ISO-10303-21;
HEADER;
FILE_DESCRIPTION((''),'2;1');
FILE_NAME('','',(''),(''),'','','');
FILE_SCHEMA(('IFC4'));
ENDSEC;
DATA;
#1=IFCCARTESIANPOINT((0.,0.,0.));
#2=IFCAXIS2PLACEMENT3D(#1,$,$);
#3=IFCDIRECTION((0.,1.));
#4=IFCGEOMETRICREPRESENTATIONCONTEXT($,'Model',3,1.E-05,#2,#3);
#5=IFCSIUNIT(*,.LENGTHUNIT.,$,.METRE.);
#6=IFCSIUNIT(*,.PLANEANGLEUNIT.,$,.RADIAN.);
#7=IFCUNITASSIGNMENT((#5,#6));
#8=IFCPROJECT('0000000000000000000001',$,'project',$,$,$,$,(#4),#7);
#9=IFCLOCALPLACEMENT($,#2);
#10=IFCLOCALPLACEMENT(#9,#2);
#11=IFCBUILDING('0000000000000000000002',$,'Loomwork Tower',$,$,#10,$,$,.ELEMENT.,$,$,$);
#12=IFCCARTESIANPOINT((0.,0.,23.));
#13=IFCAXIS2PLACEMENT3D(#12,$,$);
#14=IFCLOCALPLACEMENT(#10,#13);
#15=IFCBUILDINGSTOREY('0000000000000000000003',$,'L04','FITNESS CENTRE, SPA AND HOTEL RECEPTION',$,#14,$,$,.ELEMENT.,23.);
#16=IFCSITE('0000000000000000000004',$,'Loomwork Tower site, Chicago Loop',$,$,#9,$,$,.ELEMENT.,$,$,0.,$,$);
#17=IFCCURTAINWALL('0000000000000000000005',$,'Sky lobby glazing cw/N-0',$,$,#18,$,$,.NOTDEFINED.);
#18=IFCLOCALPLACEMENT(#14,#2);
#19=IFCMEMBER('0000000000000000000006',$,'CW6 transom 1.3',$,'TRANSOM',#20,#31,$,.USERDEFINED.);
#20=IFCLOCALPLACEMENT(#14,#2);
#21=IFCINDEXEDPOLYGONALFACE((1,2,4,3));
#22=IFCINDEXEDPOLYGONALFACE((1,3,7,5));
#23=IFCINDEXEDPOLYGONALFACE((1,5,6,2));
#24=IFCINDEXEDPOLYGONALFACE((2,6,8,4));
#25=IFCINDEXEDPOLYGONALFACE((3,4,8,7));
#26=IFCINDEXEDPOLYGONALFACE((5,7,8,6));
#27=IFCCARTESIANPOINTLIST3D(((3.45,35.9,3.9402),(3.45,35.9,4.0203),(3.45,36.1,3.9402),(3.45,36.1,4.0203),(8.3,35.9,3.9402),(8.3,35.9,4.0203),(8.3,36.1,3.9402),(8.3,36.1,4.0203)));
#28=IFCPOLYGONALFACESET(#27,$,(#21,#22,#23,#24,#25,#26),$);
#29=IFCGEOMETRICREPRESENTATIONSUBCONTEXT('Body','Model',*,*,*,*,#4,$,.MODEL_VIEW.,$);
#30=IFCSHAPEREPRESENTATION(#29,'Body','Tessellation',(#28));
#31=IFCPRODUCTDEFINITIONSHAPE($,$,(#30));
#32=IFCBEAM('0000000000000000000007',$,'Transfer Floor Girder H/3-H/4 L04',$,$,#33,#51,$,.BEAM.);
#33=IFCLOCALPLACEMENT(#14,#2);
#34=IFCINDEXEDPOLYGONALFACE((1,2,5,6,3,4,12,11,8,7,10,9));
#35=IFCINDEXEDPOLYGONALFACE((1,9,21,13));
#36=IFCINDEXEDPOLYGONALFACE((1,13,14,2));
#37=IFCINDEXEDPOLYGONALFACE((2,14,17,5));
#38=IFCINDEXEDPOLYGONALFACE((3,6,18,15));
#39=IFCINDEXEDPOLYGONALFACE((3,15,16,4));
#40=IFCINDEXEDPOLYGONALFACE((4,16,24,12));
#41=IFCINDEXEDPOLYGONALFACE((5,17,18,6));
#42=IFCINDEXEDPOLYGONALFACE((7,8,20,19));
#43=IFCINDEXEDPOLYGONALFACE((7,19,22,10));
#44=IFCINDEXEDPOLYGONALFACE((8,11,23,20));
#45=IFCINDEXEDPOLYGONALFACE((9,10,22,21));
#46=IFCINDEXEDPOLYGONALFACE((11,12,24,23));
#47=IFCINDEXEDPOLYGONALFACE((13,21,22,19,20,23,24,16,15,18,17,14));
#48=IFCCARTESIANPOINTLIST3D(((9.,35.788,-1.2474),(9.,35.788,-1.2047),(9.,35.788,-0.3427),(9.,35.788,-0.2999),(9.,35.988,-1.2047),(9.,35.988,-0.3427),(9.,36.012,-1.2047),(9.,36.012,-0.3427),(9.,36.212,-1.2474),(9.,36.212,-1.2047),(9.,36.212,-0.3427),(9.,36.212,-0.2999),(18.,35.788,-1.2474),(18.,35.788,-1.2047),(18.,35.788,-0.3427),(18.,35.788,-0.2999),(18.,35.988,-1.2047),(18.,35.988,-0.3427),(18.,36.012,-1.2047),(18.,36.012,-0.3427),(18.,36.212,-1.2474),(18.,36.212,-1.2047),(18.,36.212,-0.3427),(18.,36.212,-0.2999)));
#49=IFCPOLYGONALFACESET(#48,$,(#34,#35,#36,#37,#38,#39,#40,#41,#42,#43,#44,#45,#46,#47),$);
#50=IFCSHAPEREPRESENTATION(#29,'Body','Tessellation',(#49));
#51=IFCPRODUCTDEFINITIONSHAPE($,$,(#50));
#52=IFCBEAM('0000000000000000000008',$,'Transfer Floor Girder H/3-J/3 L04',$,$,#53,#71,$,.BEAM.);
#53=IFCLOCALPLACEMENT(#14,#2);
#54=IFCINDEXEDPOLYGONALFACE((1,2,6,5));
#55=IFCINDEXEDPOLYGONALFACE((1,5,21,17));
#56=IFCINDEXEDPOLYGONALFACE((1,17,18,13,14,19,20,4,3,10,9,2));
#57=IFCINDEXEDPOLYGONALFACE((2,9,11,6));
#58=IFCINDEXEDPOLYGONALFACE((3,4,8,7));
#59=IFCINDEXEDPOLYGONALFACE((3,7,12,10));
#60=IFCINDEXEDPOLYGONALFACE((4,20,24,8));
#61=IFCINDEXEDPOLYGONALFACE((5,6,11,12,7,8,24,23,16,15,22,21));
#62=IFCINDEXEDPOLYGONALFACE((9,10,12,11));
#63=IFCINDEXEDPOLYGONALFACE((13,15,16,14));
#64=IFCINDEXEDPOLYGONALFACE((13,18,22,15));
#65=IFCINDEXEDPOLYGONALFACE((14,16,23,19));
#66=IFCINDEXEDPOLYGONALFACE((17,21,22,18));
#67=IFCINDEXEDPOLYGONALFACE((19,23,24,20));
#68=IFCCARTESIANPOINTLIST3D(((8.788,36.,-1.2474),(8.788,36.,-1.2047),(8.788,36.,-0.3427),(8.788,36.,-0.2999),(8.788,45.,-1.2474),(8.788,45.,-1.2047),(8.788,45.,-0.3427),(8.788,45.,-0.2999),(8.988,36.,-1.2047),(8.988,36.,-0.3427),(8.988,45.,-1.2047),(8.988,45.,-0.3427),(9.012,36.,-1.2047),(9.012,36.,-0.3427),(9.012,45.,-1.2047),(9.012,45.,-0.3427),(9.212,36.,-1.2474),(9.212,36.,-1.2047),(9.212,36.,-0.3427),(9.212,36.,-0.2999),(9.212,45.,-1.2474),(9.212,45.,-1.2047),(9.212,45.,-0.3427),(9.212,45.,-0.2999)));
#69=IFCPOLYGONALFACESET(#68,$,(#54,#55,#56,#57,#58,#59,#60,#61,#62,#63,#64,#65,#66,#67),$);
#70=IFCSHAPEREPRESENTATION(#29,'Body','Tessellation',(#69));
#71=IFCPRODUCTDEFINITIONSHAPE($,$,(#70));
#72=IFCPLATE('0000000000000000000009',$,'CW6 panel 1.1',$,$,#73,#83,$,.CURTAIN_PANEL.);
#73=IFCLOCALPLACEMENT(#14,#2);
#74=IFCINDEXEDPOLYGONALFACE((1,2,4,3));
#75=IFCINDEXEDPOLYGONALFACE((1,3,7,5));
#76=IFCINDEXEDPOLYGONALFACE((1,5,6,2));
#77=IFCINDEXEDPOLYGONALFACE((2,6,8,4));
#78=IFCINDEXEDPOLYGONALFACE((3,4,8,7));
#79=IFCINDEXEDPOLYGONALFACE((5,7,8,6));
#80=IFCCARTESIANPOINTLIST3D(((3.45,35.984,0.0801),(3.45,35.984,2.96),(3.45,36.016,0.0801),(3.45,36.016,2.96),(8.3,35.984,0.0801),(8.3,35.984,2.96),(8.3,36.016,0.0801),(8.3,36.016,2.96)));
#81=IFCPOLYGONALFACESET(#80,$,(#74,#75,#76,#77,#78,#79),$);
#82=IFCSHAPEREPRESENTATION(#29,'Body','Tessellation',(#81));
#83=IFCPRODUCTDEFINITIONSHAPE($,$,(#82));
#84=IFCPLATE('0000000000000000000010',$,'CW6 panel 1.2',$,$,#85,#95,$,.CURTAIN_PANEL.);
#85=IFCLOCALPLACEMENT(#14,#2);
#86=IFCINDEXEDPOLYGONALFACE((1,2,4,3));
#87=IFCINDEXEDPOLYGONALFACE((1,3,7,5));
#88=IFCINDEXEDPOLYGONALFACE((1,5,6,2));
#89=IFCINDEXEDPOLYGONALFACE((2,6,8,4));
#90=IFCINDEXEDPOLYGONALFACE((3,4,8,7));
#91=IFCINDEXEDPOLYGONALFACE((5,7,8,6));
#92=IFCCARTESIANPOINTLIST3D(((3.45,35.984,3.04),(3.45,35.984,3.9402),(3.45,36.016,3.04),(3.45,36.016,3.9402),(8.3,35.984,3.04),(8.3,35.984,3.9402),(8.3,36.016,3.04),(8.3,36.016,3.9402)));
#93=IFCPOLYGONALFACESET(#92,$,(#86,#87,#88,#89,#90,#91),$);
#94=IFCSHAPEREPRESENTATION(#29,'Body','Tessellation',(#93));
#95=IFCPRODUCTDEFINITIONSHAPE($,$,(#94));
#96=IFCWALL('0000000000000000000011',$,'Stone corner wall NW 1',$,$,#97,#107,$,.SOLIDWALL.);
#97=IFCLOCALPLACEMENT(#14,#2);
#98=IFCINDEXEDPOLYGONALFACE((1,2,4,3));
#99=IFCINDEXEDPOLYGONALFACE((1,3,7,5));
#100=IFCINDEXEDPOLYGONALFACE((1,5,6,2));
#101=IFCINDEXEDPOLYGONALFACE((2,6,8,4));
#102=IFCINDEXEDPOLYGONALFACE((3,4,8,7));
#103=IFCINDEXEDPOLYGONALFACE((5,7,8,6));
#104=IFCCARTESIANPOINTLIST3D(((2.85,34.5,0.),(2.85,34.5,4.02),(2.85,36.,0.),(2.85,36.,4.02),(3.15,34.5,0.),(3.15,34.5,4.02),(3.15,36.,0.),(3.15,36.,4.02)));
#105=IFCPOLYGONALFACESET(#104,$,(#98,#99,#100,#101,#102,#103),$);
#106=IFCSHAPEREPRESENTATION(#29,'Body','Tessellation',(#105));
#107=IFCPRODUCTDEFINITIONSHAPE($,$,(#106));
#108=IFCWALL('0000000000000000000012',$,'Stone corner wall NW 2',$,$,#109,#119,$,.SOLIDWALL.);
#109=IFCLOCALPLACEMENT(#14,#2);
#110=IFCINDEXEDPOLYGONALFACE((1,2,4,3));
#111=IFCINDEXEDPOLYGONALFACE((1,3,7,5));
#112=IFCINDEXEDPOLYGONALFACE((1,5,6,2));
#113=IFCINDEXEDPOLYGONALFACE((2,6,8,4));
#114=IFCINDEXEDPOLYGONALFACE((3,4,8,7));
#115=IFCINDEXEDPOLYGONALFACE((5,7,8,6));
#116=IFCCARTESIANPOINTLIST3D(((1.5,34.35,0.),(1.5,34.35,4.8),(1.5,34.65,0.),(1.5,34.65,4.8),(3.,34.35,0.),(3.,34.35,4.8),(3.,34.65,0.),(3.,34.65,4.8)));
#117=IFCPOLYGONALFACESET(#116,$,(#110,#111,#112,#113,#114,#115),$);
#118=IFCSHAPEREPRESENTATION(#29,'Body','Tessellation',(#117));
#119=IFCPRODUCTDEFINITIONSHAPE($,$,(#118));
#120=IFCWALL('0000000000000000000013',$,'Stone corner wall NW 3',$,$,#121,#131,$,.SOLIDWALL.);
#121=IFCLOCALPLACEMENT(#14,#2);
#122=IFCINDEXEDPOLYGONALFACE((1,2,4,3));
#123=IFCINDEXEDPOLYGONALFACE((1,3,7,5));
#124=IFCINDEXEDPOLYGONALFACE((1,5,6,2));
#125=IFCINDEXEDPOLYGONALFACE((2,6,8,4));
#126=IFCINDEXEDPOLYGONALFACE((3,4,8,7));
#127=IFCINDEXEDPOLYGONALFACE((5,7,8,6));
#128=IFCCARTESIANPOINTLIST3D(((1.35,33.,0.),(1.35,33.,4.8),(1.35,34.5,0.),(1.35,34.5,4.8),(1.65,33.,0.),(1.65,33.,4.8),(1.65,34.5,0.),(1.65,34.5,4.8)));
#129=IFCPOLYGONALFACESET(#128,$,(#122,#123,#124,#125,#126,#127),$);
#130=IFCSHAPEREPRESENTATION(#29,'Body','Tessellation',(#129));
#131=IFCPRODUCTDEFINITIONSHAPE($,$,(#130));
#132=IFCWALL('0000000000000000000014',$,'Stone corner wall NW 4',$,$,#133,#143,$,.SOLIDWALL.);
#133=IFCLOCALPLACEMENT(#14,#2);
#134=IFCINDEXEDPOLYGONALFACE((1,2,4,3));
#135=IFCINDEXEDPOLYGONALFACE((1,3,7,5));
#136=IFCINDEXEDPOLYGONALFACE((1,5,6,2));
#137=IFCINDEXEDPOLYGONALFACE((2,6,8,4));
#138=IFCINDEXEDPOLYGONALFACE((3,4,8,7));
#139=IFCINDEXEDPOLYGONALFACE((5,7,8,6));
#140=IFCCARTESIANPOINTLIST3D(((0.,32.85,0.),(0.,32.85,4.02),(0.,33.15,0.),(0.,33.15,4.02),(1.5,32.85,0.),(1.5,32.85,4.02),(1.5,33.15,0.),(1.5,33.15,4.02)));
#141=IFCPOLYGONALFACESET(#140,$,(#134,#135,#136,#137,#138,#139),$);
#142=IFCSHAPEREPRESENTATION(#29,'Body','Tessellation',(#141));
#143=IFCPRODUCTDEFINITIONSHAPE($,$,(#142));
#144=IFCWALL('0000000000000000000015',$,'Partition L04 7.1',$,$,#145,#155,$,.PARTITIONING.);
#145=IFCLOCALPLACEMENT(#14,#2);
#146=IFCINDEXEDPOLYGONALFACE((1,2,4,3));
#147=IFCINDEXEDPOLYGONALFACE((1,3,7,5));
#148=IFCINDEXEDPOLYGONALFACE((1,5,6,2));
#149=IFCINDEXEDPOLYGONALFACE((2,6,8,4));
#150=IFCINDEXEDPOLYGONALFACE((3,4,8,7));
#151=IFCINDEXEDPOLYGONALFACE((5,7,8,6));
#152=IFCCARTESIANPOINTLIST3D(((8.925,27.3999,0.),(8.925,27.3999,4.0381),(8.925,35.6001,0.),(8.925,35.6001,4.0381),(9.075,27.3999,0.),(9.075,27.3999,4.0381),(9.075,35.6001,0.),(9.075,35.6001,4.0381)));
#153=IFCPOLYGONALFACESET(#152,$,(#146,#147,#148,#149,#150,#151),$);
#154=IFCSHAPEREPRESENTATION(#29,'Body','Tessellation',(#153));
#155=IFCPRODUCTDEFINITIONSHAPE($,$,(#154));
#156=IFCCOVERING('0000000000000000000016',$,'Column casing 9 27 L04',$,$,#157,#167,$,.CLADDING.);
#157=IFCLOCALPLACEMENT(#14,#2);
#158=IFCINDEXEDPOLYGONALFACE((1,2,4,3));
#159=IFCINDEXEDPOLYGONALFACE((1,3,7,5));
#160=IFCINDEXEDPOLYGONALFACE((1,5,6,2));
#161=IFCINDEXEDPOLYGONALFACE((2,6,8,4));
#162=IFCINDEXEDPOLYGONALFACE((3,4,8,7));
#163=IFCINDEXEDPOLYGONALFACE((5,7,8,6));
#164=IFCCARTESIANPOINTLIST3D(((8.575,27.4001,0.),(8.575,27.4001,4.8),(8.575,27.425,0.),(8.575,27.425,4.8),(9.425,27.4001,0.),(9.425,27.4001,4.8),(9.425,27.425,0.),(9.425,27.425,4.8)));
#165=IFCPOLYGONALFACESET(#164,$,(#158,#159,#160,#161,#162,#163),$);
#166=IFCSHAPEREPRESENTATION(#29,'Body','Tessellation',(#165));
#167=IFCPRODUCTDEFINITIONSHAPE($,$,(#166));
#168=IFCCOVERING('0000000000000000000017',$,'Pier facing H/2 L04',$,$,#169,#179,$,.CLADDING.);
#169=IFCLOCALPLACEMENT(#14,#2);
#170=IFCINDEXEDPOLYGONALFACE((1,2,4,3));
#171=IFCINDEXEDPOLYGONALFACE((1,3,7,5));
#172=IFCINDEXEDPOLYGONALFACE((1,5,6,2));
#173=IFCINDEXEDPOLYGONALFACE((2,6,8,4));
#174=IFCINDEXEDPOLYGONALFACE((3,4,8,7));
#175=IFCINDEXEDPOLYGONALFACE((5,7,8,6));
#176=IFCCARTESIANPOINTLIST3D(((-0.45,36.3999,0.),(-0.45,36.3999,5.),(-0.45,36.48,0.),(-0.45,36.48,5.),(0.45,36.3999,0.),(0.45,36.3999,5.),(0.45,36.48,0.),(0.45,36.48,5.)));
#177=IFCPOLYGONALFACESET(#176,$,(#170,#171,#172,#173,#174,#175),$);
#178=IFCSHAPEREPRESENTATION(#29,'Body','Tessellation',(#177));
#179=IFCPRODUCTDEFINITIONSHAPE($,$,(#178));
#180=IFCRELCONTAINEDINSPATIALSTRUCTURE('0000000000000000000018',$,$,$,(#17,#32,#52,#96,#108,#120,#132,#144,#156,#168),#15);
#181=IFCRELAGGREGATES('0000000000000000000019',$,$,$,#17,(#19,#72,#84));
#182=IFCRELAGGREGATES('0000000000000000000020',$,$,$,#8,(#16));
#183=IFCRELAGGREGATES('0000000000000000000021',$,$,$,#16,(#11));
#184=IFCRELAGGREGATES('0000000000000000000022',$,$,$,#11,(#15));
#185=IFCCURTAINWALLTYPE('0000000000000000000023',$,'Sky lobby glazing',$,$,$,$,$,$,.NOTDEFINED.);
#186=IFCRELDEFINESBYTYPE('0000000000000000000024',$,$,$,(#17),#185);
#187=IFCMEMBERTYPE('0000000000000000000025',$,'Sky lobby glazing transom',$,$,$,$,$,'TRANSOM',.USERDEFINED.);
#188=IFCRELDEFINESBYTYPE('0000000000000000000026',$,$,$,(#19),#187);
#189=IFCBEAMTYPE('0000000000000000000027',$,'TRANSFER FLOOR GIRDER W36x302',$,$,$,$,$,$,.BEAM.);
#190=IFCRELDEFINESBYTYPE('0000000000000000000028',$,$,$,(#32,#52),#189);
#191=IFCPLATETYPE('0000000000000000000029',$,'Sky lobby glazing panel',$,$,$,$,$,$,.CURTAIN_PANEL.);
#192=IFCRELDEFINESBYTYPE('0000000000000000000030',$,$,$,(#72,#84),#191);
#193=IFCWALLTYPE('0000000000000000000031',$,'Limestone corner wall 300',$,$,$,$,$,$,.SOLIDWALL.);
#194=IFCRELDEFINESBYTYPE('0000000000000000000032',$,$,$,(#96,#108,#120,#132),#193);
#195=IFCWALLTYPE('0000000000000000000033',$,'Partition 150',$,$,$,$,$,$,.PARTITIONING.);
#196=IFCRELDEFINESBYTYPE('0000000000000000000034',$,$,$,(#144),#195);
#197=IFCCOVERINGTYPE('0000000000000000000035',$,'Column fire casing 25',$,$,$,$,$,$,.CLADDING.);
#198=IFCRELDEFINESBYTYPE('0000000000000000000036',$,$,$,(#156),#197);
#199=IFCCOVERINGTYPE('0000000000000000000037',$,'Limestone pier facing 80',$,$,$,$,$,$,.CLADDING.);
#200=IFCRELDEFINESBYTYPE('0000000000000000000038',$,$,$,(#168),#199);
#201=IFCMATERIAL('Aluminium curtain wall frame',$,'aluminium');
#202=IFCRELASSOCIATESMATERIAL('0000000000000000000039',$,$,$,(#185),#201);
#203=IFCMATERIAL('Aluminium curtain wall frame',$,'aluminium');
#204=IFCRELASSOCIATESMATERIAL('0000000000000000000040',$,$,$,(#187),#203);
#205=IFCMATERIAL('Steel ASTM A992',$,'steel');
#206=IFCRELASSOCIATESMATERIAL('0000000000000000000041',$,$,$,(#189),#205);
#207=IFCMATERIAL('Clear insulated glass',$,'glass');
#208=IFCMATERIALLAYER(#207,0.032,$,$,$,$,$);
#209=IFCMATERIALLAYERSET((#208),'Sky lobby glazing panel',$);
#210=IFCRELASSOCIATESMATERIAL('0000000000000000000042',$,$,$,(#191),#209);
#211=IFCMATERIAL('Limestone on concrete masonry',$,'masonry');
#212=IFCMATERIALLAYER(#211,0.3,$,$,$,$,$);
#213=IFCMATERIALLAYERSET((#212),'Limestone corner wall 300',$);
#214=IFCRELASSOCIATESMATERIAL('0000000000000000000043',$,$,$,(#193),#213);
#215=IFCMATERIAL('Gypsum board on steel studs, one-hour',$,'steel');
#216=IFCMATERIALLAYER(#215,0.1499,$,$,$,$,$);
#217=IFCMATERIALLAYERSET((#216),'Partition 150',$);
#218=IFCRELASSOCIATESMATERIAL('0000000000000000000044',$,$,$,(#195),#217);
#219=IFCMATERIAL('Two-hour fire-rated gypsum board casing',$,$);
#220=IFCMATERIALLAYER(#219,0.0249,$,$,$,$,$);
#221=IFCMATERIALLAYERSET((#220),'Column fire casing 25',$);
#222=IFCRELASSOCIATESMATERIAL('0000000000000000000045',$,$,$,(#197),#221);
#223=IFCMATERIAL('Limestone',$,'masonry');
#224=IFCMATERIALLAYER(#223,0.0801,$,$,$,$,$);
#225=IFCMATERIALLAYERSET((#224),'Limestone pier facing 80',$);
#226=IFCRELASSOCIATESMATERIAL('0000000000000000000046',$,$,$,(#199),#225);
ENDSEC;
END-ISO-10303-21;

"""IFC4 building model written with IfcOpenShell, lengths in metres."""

from ifc_helpers import new_model, si_unit, direction, frame, frame_2d, origin, origin_2d, place, context, subcontext, project, spatial, rectangle, i_section, extrude, material, layer, layer_set, material_profile, profile_set, type_object, element, aggregate, save


model = new_model("IFC4")

# Units and contexts
model_context = context("Model", 3, precision=1e-05, world=origin(), true_north=direction((0.0, 1.0)))
body_context = subcontext(model_context, "Body", "Model", "MODEL_VIEW")
ifc_project = project(units=[si_unit("LENGTHUNIT", "METRE"), si_unit("PLANEANGLEUNIT", "RADIAN")], contexts=[model_context])

# Site, building, storey
site_placement = place(None, origin())
site = spatial("IfcSite", under=ifc_project, at=site_placement, Name="Loomwork Tower site, Chicago Loop", CompositionType="ELEMENT", RefElevation=0.0)
building_placement = place(site_placement, origin())
building = spatial("IfcBuilding", under=site, at=building_placement, Name="Loomwork Tower", CompositionType="ELEMENT")
storey_placement = place(building_placement, frame((0.0, 0.0, 23.0)))
storey = spatial("IfcBuildingStorey", under=building, at=storey_placement, Name="L04", Description="FITNESS CENTRE, SPA AND HOTEL RECEPTION", CompositionType="ELEMENT", Elevation=23.0)

# Curtain wall, member
ifc_material_1 = material(Name="Aluminium curtain wall frame", Category="aluminium")
curtain_wall_type = type_object("IfcCurtainWallType", Name="Sky lobby glazing", PredefinedType="NOTDEFINED", material=ifc_material_1)
curtain_wall_placement = place(storey_placement, origin())
curtain_wall = element("IfcCurtainWall", 1, at=curtain_wall_placement, inside=storey, type_object=curtain_wall_type, Name="Sky lobby glazing cw/N-0", PredefinedType="NOTDEFINED")
ifc_material_2 = material(Name="Aluminium curtain wall frame", Category="aluminium")
ifc_material_profile_1 = material_profile(ifc_material_2, rectangle(XDim=0.2, YDim=0.0801, at=origin_2d()), Name="AL 80x200")
ifc_profile_set_1 = profile_set([ifc_material_profile_1], Name="Aluminium curtain wall frame")
member_type_1 = type_object("IfcMemberType", Name="Sky lobby glazing transom", ElementType="TRANSOM", PredefinedType="USERDEFINED", material=ifc_profile_set_1)
member_1_placement = place(storey_placement, frame((8.3, 36.0, 3.9802), z_axis=(-1.0, 0.0, 0.0), x_axis=(0.0, -1.0, 0.0)))
member_1 = element("IfcMember", 2, at=member_1_placement, type_object=member_type_1, Name="CW6 transom 1.3", ObjectType="TRANSOM", PredefinedType="USERDEFINED", context=body_context, shape_type="SweptSolid", body=[
    extrude(rectangle(XDim=0.2, YDim=0.0801, at=origin_2d()), origin(), (0.0, 0.0, 1.0), 4.8501),
])

# Beams
ifc_material_3 = material(Name="Steel ASTM A992", Category="steel")
ifc_material_profile_2 = material_profile(ifc_material_3, i_section(OverallWidth=0.4241, OverallDepth=0.9475, WebThickness=0.0239, FlangeThickness=0.0427, at=origin_2d()), Name="W36x302")
ifc_profile_set_2 = profile_set([ifc_material_profile_2], Name="Steel ASTM A992")
beam_type_1 = type_object("IfcBeamType", Name="TRANSFER FLOOR GIRDER W36x302", PredefinedType="BEAM", material=ifc_profile_set_2)
for number, where, z_axis, x_axis, name in (
    (3, (9.0, 36.0, -0.7737), (1.0, 0.0, 0.0), (0.0, 1.0, 0.0), "Transfer Floor Girder H/3-H/4 L04"),
    (4, (9.0, 36.0, -0.7737), (0.0, 1.0, 0.0), (-1.0, 0.0, 0.0), "Transfer Floor Girder H/3-J/3 L04"),
):
    element("IfcBeam", number, at=place(storey_placement, frame(where, z_axis=z_axis, x_axis=x_axis)), inside=storey, type_object=beam_type_1, Name=name, PredefinedType="BEAM", context=body_context, shape_type="SweptSolid", body=[
        extrude(i_section(OverallWidth=0.4241, OverallDepth=0.9475, WebThickness=0.0239, FlangeThickness=0.0427, at=origin_2d()), origin(), (0.0, 0.0, 1.0), 9.0),
    ])

# Plates
ifc_material_4 = material(Name="Clear insulated glass", Category="glass")
ifc_layer_1 = layer(ifc_material_4, 0.032)
ifc_layer_set_1 = layer_set([ifc_layer_1], Name="Sky lobby glazing panel")
plate_type = type_object("IfcPlateType", Name="Sky lobby glazing panel", PredefinedType="CURTAIN_PANEL", material=ifc_layer_set_1)
plate_1_placement = place(storey_placement, frame((5.875, 36.0, 0.0801), z_axis=(0.0, 0.0, 1.0), x_axis=(-1.0, 0.0, 0.0)))
plate_1 = element("IfcPlate", 5, at=plate_1_placement, type_object=plate_type, Name="CW6 panel 1.1", PredefinedType="CURTAIN_PANEL", context=body_context, shape_type="SweptSolid", body=[
    extrude(rectangle(XDim=4.8501, YDim=0.032, at=origin_2d()), origin(), (0.0, 0.0, 1.0), 2.8799),
])
plate_2_placement = place(storey_placement, frame((5.875, 36.0, 3.04), z_axis=(0.0, 0.0, 1.0), x_axis=(-1.0, 0.0, 0.0)))
plate_2 = element("IfcPlate", 6, at=plate_2_placement, type_object=plate_type, Name="CW6 panel 1.2", PredefinedType="CURTAIN_PANEL", context=body_context, shape_type="SweptSolid", body=[
    extrude(rectangle(XDim=4.8501, YDim=0.032, at=origin_2d()), origin(), (0.0, 0.0, 1.0), 0.9001),
])
aggregate(curtain_wall, [member_1, plate_1, plate_2])

# Walls
ifc_material_5 = material(Name="Limestone on concrete masonry", Category="masonry")
ifc_layer_2 = layer(ifc_material_5, 0.3)
ifc_layer_set_2 = layer_set([ifc_layer_2], Name="Limestone corner wall 300")
wall_type_1 = type_object("IfcWallType", Name="Limestone corner wall 300", PredefinedType="SOLIDWALL", material=ifc_layer_set_2)
wall_1_placement = place(storey_placement, frame((3.0, 36.0, 0.0), z_axis=(0.0, 0.0, 1.0), x_axis=(0.0, -1.0, 0.0)))
element("IfcWall", 7, at=wall_1_placement, inside=storey, type_object=wall_type_1, Name="Stone corner wall NW 1", PredefinedType="SOLIDWALL", context=body_context, shape_type="SweptSolid", body=[
    extrude(rectangle(XDim=1.5, YDim=0.3, at=frame_2d((0.75, 0.0))), origin(), (0.0, 0.0, 1.0), 4.02),
])
for number, where, z_axis, x_axis, name in (
    (8, (3.0, 34.5, 0.0), (0.0, 0.0, 1.0), (-1.0, 0.0, 0.0), "Stone corner wall NW 2"),
    (9, (1.5, 34.5, 0.0), (0.0, 0.0, 1.0), (0.0, -1.0, 0.0), "Stone corner wall NW 3"),
):
    element("IfcWall", number, at=place(storey_placement, frame(where, z_axis=z_axis, x_axis=x_axis)), inside=storey, type_object=wall_type_1, Name=name, PredefinedType="SOLIDWALL", context=body_context, shape_type="SweptSolid", body=[
        extrude(rectangle(XDim=1.5, YDim=0.3, at=frame_2d((0.75, 0.0))), origin(), (0.0, 0.0, 1.0), 4.8),
    ])
wall_2_placement = place(storey_placement, frame((1.5, 33.0, 0.0), z_axis=(0.0, 0.0, 1.0), x_axis=(-1.0, 0.0, 0.0)))
element("IfcWall", 10, at=wall_2_placement, inside=storey, type_object=wall_type_1, Name="Stone corner wall NW 4", PredefinedType="SOLIDWALL", context=body_context, shape_type="SweptSolid", body=[
    extrude(rectangle(XDim=1.5, YDim=0.3, at=frame_2d((0.75, 0.0))), origin(), (0.0, 0.0, 1.0), 4.02),
])
ifc_material_6 = material(Name="Gypsum board on steel studs, one-hour", Category="steel")
ifc_layer_3 = layer(ifc_material_6, 0.1499)
ifc_layer_set_3 = layer_set([ifc_layer_3], Name="Partition 150")
wall_type_2 = type_object("IfcWallType", Name="Partition 150", PredefinedType="PARTITIONING", material=ifc_layer_set_3)
wall_3_placement = place(storey_placement, frame((9.0, 35.6001, 0.0), z_axis=(0.0, 0.0, 1.0), x_axis=(0.0, -1.0, 0.0)))
element("IfcWall", 11, at=wall_3_placement, inside=storey, type_object=wall_type_2, Name="Partition L04 7.1", PredefinedType="PARTITIONING", context=body_context, shape_type="SweptSolid", body=[
    extrude(rectangle(XDim=8.2002, YDim=0.1499, at=frame_2d((4.1001, 0.0))), origin(), (0.0, 0.0, 1.0), 4.0381),
])

# Coverings
ifc_material_7 = material(Name="Two-hour fire-rated gypsum board casing")
ifc_layer_4 = layer(ifc_material_7, 0.0249)
ifc_layer_set_4 = layer_set([ifc_layer_4], Name="Column fire casing 25")
covering_type_1 = type_object("IfcCoveringType", Name="Column fire casing 25", PredefinedType="CLADDING", material=ifc_layer_set_4)
covering_1_placement = place(storey_placement, frame((9.0, 27.4126, 0.0), z_axis=(0.0, 0.0, 1.0), x_axis=(1.0, 0.0, 0.0)))
element("IfcCovering", 12, at=covering_1_placement, inside=storey, type_object=covering_type_1, Name="Column casing 9 27 L04", PredefinedType="CLADDING", context=body_context, shape_type="SweptSolid", body=[
    extrude(rectangle(XDim=0.8501, YDim=0.0249, at=origin_2d()), origin(), (0.0, 0.0, 1.0), 4.8),
])
ifc_material_8 = material(Name="Limestone", Category="masonry")
ifc_layer_5 = layer(ifc_material_8, 0.0801)
ifc_layer_set_5 = layer_set([ifc_layer_5], Name="Limestone pier facing 80")
covering_type_2 = type_object("IfcCoveringType", Name="Limestone pier facing 80", PredefinedType="CLADDING", material=ifc_layer_set_5)
covering_2_placement = place(storey_placement, frame((0.0, 36.4399, 0.0), z_axis=(0.0, 0.0, 1.0), x_axis=(1.0, 0.0, 0.0)))
element("IfcCovering", 13, at=covering_2_placement, inside=storey, type_object=covering_type_2, Name="Pier facing H/2 L04", PredefinedType="CLADDING", context=body_context, shape_type="SweptSolid", body=[
    extrude(rectangle(XDim=0.8999, YDim=0.0801, at=origin_2d()), origin(), (0.0, 0.0, 1.0), 5.0),
])

save(model, "model.ifc")
